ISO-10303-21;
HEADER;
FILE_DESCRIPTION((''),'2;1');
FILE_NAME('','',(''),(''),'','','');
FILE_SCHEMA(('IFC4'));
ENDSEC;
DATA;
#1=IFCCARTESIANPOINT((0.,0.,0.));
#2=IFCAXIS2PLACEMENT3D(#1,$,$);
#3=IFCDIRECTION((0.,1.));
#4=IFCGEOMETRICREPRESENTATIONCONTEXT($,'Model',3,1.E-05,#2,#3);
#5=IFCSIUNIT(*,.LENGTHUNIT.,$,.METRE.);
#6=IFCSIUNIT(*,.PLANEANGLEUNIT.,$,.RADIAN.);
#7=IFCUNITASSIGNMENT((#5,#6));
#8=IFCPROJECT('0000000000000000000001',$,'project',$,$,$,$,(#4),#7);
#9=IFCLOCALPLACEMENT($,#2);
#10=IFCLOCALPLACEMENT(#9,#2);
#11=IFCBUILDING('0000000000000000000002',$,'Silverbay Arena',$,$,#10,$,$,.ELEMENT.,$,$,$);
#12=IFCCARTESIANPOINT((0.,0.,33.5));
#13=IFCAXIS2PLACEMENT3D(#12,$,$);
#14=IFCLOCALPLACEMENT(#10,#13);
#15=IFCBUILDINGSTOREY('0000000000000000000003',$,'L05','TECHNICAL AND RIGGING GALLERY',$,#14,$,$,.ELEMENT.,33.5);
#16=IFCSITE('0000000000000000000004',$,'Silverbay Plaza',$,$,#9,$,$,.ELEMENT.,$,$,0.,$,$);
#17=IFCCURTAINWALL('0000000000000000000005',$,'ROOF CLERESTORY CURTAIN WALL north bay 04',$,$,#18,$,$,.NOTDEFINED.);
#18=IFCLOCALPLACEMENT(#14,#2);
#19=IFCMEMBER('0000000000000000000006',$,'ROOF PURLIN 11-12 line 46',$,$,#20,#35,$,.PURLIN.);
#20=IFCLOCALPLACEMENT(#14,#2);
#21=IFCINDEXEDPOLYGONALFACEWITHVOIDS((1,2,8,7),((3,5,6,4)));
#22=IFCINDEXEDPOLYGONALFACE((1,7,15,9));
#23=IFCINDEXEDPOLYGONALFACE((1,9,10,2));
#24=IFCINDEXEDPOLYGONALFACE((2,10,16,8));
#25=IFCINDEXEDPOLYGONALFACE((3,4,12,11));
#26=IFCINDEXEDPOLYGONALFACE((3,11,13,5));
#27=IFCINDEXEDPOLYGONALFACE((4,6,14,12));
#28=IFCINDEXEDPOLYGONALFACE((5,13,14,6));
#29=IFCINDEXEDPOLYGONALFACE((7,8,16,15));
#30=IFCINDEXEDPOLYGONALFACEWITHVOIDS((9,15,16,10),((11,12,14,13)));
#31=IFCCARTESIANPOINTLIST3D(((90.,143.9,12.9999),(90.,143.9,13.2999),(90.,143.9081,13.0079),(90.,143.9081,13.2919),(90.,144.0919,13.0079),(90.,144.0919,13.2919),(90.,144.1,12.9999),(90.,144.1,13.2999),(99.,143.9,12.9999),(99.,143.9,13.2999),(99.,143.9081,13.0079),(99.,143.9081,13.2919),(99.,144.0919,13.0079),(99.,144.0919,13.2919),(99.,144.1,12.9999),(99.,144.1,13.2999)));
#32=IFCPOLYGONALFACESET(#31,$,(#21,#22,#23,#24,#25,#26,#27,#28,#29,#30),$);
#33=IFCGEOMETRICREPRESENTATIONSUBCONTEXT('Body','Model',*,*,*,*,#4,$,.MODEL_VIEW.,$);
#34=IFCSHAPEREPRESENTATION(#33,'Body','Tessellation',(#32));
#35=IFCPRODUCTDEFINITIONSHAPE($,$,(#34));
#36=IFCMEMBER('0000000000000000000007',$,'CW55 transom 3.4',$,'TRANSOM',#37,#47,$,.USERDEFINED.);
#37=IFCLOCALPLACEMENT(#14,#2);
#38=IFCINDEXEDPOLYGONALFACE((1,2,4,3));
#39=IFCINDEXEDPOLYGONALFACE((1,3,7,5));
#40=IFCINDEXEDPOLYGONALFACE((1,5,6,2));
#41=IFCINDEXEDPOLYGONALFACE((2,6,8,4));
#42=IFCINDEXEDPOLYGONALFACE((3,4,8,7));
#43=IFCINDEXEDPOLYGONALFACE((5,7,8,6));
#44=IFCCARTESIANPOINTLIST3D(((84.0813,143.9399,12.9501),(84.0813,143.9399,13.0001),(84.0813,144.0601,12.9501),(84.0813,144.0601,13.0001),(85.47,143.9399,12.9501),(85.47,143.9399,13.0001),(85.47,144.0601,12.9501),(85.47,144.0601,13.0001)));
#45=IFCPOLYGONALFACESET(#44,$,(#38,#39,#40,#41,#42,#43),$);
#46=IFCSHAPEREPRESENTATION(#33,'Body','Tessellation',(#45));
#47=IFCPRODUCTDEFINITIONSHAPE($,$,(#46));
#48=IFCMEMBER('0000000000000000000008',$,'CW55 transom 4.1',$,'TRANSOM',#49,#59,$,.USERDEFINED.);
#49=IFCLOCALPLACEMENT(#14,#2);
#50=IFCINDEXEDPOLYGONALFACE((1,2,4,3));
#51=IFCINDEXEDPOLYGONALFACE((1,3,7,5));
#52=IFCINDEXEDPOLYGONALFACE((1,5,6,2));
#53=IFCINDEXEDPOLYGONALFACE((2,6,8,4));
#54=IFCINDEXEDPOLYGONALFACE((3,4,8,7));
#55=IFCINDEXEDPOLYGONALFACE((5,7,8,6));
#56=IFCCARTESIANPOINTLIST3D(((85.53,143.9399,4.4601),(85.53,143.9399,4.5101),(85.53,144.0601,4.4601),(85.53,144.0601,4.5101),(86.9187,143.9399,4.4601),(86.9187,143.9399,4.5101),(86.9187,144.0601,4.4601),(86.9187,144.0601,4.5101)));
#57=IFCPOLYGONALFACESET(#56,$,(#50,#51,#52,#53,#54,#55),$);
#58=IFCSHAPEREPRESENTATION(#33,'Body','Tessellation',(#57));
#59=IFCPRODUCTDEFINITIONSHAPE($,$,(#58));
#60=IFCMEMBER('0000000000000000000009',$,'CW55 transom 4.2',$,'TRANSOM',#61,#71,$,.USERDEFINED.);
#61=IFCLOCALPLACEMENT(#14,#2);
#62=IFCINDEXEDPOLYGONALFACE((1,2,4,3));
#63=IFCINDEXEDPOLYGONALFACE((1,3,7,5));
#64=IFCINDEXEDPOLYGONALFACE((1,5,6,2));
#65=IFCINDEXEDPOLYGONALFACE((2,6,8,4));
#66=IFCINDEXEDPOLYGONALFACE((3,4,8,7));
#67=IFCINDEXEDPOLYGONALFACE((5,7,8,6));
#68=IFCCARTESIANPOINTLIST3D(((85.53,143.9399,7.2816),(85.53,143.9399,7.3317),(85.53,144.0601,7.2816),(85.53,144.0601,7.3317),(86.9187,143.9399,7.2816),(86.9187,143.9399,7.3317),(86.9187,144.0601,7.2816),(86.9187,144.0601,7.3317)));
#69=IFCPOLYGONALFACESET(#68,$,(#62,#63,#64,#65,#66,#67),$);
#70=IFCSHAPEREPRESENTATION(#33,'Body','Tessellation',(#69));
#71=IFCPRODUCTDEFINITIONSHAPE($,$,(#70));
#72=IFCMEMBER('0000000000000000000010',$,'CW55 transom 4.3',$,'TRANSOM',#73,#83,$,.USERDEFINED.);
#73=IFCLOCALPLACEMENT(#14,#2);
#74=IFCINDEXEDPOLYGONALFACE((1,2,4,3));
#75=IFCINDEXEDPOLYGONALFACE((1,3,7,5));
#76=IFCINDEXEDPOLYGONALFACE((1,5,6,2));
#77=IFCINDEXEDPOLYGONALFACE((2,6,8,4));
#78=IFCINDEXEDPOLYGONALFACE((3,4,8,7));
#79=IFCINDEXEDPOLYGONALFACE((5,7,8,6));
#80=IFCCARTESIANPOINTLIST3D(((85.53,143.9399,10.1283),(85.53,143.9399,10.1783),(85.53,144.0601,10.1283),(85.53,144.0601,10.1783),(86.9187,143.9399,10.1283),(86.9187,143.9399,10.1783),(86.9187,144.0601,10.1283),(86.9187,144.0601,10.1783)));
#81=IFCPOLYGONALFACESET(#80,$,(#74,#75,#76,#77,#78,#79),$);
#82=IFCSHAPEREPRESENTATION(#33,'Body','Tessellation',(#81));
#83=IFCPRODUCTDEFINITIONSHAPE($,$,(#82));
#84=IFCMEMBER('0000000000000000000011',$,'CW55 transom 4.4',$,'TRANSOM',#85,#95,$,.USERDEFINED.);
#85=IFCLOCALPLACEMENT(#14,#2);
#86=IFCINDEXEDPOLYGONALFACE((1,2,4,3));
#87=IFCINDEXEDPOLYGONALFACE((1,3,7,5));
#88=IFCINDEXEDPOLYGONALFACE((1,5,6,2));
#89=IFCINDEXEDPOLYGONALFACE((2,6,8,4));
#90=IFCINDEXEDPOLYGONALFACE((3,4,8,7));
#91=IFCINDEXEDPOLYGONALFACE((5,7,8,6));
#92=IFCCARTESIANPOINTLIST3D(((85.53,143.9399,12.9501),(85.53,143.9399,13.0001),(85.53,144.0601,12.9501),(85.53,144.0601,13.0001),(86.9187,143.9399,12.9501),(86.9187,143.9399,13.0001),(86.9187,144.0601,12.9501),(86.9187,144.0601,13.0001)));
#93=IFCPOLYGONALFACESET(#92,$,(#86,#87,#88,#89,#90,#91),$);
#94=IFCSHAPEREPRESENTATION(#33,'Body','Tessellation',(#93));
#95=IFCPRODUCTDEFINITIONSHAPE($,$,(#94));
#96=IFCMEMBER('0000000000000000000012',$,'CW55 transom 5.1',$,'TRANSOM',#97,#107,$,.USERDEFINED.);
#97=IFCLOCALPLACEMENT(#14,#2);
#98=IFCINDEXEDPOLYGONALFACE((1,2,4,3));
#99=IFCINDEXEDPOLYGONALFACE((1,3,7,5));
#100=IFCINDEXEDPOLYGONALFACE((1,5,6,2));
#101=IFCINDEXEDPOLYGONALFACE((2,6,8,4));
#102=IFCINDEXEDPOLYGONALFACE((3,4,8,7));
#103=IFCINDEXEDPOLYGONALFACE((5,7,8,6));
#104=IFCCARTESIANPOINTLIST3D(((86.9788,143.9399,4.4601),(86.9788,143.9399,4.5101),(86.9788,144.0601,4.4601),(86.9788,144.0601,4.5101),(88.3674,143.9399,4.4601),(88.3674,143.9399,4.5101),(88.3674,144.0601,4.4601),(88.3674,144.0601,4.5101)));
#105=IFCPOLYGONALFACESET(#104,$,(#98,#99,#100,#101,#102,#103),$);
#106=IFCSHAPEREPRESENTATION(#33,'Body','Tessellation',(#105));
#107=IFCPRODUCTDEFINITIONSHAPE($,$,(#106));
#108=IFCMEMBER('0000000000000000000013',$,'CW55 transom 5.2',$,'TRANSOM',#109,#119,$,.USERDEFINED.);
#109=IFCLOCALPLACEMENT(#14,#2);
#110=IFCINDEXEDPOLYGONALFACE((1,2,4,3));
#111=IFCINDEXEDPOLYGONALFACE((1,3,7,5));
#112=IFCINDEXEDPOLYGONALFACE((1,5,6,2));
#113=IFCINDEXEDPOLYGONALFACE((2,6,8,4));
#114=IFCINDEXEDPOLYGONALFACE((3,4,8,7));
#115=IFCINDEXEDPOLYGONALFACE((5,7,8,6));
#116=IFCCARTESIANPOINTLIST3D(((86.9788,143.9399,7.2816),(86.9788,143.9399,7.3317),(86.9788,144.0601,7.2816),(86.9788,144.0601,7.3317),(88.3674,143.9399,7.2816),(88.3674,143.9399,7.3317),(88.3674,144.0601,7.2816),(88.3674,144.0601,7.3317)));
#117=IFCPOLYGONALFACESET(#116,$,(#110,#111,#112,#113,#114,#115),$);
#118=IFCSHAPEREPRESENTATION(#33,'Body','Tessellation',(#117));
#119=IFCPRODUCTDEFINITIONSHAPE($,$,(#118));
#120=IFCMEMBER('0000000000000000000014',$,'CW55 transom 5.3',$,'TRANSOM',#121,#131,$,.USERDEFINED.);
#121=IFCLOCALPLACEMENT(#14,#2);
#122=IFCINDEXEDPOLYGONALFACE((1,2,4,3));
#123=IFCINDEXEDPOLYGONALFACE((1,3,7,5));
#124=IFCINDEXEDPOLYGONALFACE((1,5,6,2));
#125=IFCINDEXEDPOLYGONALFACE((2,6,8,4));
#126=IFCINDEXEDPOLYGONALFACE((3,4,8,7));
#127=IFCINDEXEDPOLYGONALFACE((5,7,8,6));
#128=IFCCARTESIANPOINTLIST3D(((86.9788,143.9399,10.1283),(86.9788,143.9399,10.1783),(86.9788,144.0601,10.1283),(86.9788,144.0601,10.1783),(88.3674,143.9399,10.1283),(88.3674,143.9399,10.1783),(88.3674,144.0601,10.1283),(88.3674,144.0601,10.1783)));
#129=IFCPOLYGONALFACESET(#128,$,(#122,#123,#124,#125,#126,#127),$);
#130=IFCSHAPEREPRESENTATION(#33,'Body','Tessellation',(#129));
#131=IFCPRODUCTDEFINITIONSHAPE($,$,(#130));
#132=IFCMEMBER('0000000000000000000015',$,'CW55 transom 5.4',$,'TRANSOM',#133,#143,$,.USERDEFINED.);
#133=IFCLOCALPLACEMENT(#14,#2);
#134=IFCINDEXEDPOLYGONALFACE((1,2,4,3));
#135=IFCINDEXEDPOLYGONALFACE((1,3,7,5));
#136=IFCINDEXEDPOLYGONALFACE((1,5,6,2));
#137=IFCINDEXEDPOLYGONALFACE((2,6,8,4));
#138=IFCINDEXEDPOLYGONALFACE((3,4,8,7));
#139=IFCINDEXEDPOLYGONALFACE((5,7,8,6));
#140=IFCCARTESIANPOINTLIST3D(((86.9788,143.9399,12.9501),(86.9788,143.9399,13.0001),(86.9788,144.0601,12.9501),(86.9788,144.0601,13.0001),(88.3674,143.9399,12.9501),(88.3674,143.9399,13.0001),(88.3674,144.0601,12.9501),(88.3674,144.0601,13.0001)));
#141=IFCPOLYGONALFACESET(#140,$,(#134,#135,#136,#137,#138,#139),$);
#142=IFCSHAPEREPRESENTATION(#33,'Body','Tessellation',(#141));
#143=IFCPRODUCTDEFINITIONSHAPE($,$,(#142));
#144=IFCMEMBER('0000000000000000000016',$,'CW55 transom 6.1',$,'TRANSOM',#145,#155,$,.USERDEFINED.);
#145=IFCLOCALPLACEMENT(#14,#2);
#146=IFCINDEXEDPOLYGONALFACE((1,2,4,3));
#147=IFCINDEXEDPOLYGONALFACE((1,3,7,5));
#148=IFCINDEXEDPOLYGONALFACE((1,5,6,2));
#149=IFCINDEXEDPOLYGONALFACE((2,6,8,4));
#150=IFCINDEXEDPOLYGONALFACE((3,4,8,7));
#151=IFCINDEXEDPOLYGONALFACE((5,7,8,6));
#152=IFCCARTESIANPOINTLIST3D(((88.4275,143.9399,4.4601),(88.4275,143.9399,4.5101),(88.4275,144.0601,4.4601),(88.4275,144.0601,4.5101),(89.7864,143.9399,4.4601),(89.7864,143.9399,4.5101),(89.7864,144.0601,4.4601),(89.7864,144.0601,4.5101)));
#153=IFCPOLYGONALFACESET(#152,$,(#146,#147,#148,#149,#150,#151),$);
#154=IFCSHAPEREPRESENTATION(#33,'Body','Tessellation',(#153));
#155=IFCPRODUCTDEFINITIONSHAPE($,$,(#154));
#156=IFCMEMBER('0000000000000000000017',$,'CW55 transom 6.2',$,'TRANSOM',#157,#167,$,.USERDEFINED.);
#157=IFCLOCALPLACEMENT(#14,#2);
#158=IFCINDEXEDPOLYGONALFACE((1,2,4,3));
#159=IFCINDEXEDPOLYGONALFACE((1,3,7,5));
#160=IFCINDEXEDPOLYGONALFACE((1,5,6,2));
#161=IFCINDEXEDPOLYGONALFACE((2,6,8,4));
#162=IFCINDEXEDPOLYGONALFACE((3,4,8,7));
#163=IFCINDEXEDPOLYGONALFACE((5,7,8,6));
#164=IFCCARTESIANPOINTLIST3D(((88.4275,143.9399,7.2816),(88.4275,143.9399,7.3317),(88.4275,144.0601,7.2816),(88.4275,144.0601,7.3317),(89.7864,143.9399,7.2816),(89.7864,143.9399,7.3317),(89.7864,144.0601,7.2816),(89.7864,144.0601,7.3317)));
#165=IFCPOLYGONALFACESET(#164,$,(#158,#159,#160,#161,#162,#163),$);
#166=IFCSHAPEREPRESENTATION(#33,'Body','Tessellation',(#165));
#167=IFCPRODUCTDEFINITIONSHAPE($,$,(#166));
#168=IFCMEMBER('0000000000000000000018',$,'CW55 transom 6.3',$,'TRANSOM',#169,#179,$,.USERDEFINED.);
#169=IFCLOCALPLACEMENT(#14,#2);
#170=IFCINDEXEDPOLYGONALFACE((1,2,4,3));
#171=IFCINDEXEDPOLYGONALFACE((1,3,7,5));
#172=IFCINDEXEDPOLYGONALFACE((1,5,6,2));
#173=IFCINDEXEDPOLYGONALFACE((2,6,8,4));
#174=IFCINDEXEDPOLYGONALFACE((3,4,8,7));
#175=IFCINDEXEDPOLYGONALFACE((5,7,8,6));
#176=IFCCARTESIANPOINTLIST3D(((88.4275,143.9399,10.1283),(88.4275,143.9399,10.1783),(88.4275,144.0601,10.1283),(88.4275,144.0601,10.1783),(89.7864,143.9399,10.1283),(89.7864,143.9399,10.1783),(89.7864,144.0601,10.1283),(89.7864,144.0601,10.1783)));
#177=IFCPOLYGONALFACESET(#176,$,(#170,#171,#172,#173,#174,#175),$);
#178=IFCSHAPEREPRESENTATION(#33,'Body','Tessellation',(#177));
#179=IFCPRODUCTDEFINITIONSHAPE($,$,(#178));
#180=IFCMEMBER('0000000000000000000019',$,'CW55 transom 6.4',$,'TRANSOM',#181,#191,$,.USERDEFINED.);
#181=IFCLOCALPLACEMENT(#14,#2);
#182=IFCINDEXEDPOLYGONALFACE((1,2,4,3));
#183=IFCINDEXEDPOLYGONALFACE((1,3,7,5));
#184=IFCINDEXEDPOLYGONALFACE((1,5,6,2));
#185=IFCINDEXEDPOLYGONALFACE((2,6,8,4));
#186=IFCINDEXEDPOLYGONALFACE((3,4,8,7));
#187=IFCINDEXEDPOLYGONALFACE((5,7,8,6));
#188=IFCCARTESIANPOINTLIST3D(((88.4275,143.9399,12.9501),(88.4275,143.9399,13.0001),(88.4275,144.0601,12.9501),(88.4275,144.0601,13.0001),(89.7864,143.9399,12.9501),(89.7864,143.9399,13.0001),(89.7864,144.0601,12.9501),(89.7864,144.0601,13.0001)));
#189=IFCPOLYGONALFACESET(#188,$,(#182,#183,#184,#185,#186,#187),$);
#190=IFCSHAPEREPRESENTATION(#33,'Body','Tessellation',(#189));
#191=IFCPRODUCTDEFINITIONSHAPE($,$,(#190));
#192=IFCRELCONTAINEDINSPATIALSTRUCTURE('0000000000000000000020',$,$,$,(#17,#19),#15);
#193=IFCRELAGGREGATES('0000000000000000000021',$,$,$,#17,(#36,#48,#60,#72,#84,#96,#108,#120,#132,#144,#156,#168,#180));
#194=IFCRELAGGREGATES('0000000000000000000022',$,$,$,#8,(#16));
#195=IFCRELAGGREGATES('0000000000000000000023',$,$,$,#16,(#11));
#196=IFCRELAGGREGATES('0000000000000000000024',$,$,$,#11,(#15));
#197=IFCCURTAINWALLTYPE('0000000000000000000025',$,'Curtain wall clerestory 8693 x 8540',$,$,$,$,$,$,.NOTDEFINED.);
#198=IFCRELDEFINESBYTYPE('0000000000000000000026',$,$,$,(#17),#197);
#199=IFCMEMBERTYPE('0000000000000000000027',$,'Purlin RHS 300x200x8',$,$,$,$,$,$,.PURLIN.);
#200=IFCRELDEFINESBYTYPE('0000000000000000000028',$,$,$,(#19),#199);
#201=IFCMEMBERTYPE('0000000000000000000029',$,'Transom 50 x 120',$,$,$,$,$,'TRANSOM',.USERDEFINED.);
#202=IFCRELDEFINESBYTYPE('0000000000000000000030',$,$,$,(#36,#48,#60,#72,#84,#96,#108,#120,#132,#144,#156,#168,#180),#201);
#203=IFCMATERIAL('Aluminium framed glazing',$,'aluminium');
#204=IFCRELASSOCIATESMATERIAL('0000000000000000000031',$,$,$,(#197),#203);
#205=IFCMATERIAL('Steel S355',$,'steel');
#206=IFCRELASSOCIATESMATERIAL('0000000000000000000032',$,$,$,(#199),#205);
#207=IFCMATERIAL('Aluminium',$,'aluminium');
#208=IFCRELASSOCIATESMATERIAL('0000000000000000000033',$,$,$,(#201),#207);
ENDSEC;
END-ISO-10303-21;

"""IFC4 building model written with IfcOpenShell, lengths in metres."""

from ifc_helpers import new_model, si_unit, direction, frame, origin, origin_2d, place, context, subcontext, project, spatial, rectangle, hollow_rectangle, extrude, material, material_profile, profile_set, type_object, element, aggregate, save


model = new_model("IFC4")

# Units and contexts
model_context = context("Model", 3, precision=1e-05, world=origin(), true_north=direction((0.0, 1.0)))
body_context = subcontext(model_context, "Body", "Model", "MODEL_VIEW")
ifc_project = project(units=[si_unit("LENGTHUNIT", "METRE"), si_unit("PLANEANGLEUNIT", "RADIAN")], contexts=[model_context])

# Site, building, storey
site_placement = place(None, origin())
site = spatial("IfcSite", under=ifc_project, at=site_placement, Name="Silverbay Plaza", CompositionType="ELEMENT", RefElevation=0.0)
building_placement = place(site_placement, origin())
building = spatial("IfcBuilding", under=site, at=building_placement, Name="Silverbay Arena", CompositionType="ELEMENT")
storey_placement = place(building_placement, frame((0.0, 0.0, 33.5)))
storey = spatial("IfcBuildingStorey", under=building, at=storey_placement, Name="L05", Description="TECHNICAL AND RIGGING GALLERY", CompositionType="ELEMENT", Elevation=33.5)

# Curtain wall
ifc_material_1 = material(Name="Aluminium framed glazing", Category="aluminium")
curtain_wall_type = type_object("IfcCurtainWallType", Name="Curtain wall clerestory 8693 x 8540", PredefinedType="NOTDEFINED", material=ifc_material_1)
curtain_wall_placement = place(storey_placement, origin())
curtain_wall = element("IfcCurtainWall", 1, at=curtain_wall_placement, inside=storey, type_object=curtain_wall_type, Name="ROOF CLERESTORY CURTAIN WALL north bay 04", PredefinedType="NOTDEFINED")

# Member
ifc_material_2 = material(Name="Steel S355", Category="steel")
ifc_material_profile_1 = material_profile(ifc_material_2, hollow_rectangle(XDim=0.2, YDim=0.3, WallThickness=0.0081, at=origin_2d()), Name="RHS 300x200x8")
ifc_profile_set_1 = profile_set([ifc_material_profile_1], Name="Steel S355")
member_type_1 = type_object("IfcMemberType", Name="Purlin RHS 300x200x8", PredefinedType="PURLIN", material=ifc_profile_set_1)
member_1_placement = place(storey_placement, frame((90.0, 144.0, 13.1499), z_axis=(1.0, 0.0, 0.0), x_axis=(0.0, 1.0, 0.0)))
element("IfcMember", 2, at=member_1_placement, inside=storey, type_object=member_type_1, Name="ROOF PURLIN 11-12 line 46", PredefinedType="PURLIN", context=body_context, shape_type="SweptSolid", body=[
    extrude(hollow_rectangle(XDim=0.2, YDim=0.3, WallThickness=0.0081, at=origin_2d()), origin(), (0.0, 0.0, 1.0), 9.0),
])

# Members
ifc_material_3 = material(Name="Aluminium", Category="aluminium")
ifc_material_profile_2 = material_profile(ifc_material_3, rectangle(XDim=0.1201, YDim=0.05, at=origin_2d()), Name="Transom 50 x 120")
ifc_profile_set_2 = profile_set([ifc_material_profile_2], Name="Aluminium")
member_type_2 = type_object("IfcMemberType", Name="Transom 50 x 120", ElementType="TRANSOM", PredefinedType="USERDEFINED", material=ifc_profile_set_2)
member_2_placement = place(storey_placement, frame((84.0813, 144.0, 12.9751), z_axis=(1.0, 0.0, 0.0), x_axis=(0.0, 1.0, 0.0)))
member_2 = element("IfcMember", 3, at=member_2_placement, type_object=member_type_2, Name="CW55 transom 3.4", ObjectType="TRANSOM", PredefinedType="USERDEFINED", context=body_context, shape_type="SweptSolid", body=[
    extrude(rectangle(XDim=0.1201, YDim=0.05, at=origin_2d()), origin(), (0.0, 0.0, 1.0), 1.3887),
])
member_3_placement = place(storey_placement, frame((85.53, 144.0, 4.4851), z_axis=(1.0, 0.0, 0.0), x_axis=(0.0, 1.0, 0.0)))
member_3 = element("IfcMember", 4, at=member_3_placement, type_object=member_type_2, Name="CW55 transom 4.1", ObjectType="TRANSOM", PredefinedType="USERDEFINED", context=body_context, shape_type="SweptSolid", body=[
    extrude(rectangle(XDim=0.1201, YDim=0.05, at=origin_2d()), origin(), (0.0, 0.0, 1.0), 1.3887),
])
member_4_placement = place(storey_placement, frame((85.53, 144.0, 7.3066), z_axis=(1.0, 0.0, 0.0), x_axis=(0.0, 1.0, 0.0)))
member_4 = element("IfcMember", 5, at=member_4_placement, type_object=member_type_2, Name="CW55 transom 4.2", ObjectType="TRANSOM", PredefinedType="USERDEFINED", context=body_context, shape_type="SweptSolid", body=[
    extrude(rectangle(XDim=0.1201, YDim=0.05, at=origin_2d()), origin(), (0.0, 0.0, 1.0), 1.3887),
])
member_5_placement = place(storey_placement, frame((85.53, 144.0, 10.1533), z_axis=(1.0, 0.0, 0.0), x_axis=(0.0, 1.0, 0.0)))
member_5 = element("IfcMember", 6, at=member_5_placement, type_object=member_type_2, Name="CW55 transom 4.3", ObjectType="TRANSOM", PredefinedType="USERDEFINED", context=body_context, shape_type="SweptSolid", body=[
    extrude(rectangle(XDim=0.1201, YDim=0.05, at=origin_2d()), origin(), (0.0, 0.0, 1.0), 1.3887),
])
member_6_placement = place(storey_placement, frame((85.53, 144.0, 12.9751), z_axis=(1.0, 0.0, 0.0), x_axis=(0.0, 1.0, 0.0)))
member_6 = element("IfcMember", 7, at=member_6_placement, type_object=member_type_2, Name="CW55 transom 4.4", ObjectType="TRANSOM", PredefinedType="USERDEFINED", context=body_context, shape_type="SweptSolid", body=[
    extrude(rectangle(XDim=0.1201, YDim=0.05, at=origin_2d()), origin(), (0.0, 0.0, 1.0), 1.3887),
])
member_7_placement = place(storey_placement, frame((86.9788, 144.0, 4.4851), z_axis=(1.0, 0.0, 0.0), x_axis=(0.0, 1.0, 0.0)))
member_7 = element("IfcMember", 8, at=member_7_placement, type_object=member_type_2, Name="CW55 transom 5.1", ObjectType="TRANSOM", PredefinedType="USERDEFINED", context=body_context, shape_type="SweptSolid", body=[
    extrude(rectangle(XDim=0.1201, YDim=0.05, at=origin_2d()), origin(), (0.0, 0.0, 1.0), 1.3887),
])
member_8_placement = place(storey_placement, frame((86.9788, 144.0, 7.3066), z_axis=(1.0, 0.0, 0.0), x_axis=(0.0, 1.0, 0.0)))
member_8 = element("IfcMember", 9, at=member_8_placement, type_object=member_type_2, Name="CW55 transom 5.2", ObjectType="TRANSOM", PredefinedType="USERDEFINED", context=body_context, shape_type="SweptSolid", body=[
    extrude(rectangle(XDim=0.1201, YDim=0.05, at=origin_2d()), origin(), (0.0, 0.0, 1.0), 1.3887),
])
member_9_placement = place(storey_placement, frame((86.9788, 144.0, 10.1533), z_axis=(1.0, 0.0, 0.0), x_axis=(0.0, 1.0, 0.0)))
member_9 = element("IfcMember", 10, at=member_9_placement, type_object=member_type_2, Name="CW55 transom 5.3", ObjectType="TRANSOM", PredefinedType="USERDEFINED", context=body_context, shape_type="SweptSolid", body=[
    extrude(rectangle(XDim=0.1201, YDim=0.05, at=origin_2d()), origin(), (0.0, 0.0, 1.0), 1.3887),
])
member_10_placement = place(storey_placement, frame((86.9788, 144.0, 12.9751), z_axis=(1.0, 0.0, 0.0), x_axis=(0.0, 1.0, 0.0)))
member_10 = element("IfcMember", 11, at=member_10_placement, type_object=member_type_2, Name="CW55 transom 5.4", ObjectType="TRANSOM", PredefinedType="USERDEFINED", context=body_context, shape_type="SweptSolid", body=[
    extrude(rectangle(XDim=0.1201, YDim=0.05, at=origin_2d()), origin(), (0.0, 0.0, 1.0), 1.3887),
])
member_11_placement = place(storey_placement, frame((88.4275, 144.0, 4.4851), z_axis=(1.0, 0.0, 0.0), x_axis=(0.0, 1.0, 0.0)))
member_11 = element("IfcMember", 12, at=member_11_placement, type_object=member_type_2, Name="CW55 transom 6.1", ObjectType="TRANSOM", PredefinedType="USERDEFINED", context=body_context, shape_type="SweptSolid", body=[
    extrude(rectangle(XDim=0.1201, YDim=0.05, at=origin_2d()), origin(), (0.0, 0.0, 1.0), 1.3589),
])
member_12_placement = place(storey_placement, frame((88.4275, 144.0, 7.3066), z_axis=(1.0, 0.0, 0.0), x_axis=(0.0, 1.0, 0.0)))
member_12 = element("IfcMember", 13, at=member_12_placement, type_object=member_type_2, Name="CW55 transom 6.2", ObjectType="TRANSOM", PredefinedType="USERDEFINED", context=body_context, shape_type="SweptSolid", body=[
    extrude(rectangle(XDim=0.1201, YDim=0.05, at=origin_2d()), origin(), (0.0, 0.0, 1.0), 1.3589),
])
member_13_placement = place(storey_placement, frame((88.4275, 144.0, 10.1533), z_axis=(1.0, 0.0, 0.0), x_axis=(0.0, 1.0, 0.0)))
member_13 = element("IfcMember", 14, at=member_13_placement, type_object=member_type_2, Name="CW55 transom 6.3", ObjectType="TRANSOM", PredefinedType="USERDEFINED", context=body_context, shape_type="SweptSolid", body=[
    extrude(rectangle(XDim=0.1201, YDim=0.05, at=origin_2d()), origin(), (0.0, 0.0, 1.0), 1.3589),
])
member_14_placement = place(storey_placement, frame((88.4275, 144.0, 12.9751), z_axis=(1.0, 0.0, 0.0), x_axis=(0.0, 1.0, 0.0)))
member_14 = element("IfcMember", 15, at=member_14_placement, type_object=member_type_2, Name="CW55 transom 6.4", ObjectType="TRANSOM", PredefinedType="USERDEFINED", context=body_context, shape_type="SweptSolid", body=[
    extrude(rectangle(XDim=0.1201, YDim=0.05, at=origin_2d()), origin(), (0.0, 0.0, 1.0), 1.3589),
])

aggregate(curtain_wall, [member_2, member_3, member_4, member_5, member_6, member_7, member_8, member_9, member_10, member_11, member_12, member_13, member_14])

save(model, "model.ifc")
